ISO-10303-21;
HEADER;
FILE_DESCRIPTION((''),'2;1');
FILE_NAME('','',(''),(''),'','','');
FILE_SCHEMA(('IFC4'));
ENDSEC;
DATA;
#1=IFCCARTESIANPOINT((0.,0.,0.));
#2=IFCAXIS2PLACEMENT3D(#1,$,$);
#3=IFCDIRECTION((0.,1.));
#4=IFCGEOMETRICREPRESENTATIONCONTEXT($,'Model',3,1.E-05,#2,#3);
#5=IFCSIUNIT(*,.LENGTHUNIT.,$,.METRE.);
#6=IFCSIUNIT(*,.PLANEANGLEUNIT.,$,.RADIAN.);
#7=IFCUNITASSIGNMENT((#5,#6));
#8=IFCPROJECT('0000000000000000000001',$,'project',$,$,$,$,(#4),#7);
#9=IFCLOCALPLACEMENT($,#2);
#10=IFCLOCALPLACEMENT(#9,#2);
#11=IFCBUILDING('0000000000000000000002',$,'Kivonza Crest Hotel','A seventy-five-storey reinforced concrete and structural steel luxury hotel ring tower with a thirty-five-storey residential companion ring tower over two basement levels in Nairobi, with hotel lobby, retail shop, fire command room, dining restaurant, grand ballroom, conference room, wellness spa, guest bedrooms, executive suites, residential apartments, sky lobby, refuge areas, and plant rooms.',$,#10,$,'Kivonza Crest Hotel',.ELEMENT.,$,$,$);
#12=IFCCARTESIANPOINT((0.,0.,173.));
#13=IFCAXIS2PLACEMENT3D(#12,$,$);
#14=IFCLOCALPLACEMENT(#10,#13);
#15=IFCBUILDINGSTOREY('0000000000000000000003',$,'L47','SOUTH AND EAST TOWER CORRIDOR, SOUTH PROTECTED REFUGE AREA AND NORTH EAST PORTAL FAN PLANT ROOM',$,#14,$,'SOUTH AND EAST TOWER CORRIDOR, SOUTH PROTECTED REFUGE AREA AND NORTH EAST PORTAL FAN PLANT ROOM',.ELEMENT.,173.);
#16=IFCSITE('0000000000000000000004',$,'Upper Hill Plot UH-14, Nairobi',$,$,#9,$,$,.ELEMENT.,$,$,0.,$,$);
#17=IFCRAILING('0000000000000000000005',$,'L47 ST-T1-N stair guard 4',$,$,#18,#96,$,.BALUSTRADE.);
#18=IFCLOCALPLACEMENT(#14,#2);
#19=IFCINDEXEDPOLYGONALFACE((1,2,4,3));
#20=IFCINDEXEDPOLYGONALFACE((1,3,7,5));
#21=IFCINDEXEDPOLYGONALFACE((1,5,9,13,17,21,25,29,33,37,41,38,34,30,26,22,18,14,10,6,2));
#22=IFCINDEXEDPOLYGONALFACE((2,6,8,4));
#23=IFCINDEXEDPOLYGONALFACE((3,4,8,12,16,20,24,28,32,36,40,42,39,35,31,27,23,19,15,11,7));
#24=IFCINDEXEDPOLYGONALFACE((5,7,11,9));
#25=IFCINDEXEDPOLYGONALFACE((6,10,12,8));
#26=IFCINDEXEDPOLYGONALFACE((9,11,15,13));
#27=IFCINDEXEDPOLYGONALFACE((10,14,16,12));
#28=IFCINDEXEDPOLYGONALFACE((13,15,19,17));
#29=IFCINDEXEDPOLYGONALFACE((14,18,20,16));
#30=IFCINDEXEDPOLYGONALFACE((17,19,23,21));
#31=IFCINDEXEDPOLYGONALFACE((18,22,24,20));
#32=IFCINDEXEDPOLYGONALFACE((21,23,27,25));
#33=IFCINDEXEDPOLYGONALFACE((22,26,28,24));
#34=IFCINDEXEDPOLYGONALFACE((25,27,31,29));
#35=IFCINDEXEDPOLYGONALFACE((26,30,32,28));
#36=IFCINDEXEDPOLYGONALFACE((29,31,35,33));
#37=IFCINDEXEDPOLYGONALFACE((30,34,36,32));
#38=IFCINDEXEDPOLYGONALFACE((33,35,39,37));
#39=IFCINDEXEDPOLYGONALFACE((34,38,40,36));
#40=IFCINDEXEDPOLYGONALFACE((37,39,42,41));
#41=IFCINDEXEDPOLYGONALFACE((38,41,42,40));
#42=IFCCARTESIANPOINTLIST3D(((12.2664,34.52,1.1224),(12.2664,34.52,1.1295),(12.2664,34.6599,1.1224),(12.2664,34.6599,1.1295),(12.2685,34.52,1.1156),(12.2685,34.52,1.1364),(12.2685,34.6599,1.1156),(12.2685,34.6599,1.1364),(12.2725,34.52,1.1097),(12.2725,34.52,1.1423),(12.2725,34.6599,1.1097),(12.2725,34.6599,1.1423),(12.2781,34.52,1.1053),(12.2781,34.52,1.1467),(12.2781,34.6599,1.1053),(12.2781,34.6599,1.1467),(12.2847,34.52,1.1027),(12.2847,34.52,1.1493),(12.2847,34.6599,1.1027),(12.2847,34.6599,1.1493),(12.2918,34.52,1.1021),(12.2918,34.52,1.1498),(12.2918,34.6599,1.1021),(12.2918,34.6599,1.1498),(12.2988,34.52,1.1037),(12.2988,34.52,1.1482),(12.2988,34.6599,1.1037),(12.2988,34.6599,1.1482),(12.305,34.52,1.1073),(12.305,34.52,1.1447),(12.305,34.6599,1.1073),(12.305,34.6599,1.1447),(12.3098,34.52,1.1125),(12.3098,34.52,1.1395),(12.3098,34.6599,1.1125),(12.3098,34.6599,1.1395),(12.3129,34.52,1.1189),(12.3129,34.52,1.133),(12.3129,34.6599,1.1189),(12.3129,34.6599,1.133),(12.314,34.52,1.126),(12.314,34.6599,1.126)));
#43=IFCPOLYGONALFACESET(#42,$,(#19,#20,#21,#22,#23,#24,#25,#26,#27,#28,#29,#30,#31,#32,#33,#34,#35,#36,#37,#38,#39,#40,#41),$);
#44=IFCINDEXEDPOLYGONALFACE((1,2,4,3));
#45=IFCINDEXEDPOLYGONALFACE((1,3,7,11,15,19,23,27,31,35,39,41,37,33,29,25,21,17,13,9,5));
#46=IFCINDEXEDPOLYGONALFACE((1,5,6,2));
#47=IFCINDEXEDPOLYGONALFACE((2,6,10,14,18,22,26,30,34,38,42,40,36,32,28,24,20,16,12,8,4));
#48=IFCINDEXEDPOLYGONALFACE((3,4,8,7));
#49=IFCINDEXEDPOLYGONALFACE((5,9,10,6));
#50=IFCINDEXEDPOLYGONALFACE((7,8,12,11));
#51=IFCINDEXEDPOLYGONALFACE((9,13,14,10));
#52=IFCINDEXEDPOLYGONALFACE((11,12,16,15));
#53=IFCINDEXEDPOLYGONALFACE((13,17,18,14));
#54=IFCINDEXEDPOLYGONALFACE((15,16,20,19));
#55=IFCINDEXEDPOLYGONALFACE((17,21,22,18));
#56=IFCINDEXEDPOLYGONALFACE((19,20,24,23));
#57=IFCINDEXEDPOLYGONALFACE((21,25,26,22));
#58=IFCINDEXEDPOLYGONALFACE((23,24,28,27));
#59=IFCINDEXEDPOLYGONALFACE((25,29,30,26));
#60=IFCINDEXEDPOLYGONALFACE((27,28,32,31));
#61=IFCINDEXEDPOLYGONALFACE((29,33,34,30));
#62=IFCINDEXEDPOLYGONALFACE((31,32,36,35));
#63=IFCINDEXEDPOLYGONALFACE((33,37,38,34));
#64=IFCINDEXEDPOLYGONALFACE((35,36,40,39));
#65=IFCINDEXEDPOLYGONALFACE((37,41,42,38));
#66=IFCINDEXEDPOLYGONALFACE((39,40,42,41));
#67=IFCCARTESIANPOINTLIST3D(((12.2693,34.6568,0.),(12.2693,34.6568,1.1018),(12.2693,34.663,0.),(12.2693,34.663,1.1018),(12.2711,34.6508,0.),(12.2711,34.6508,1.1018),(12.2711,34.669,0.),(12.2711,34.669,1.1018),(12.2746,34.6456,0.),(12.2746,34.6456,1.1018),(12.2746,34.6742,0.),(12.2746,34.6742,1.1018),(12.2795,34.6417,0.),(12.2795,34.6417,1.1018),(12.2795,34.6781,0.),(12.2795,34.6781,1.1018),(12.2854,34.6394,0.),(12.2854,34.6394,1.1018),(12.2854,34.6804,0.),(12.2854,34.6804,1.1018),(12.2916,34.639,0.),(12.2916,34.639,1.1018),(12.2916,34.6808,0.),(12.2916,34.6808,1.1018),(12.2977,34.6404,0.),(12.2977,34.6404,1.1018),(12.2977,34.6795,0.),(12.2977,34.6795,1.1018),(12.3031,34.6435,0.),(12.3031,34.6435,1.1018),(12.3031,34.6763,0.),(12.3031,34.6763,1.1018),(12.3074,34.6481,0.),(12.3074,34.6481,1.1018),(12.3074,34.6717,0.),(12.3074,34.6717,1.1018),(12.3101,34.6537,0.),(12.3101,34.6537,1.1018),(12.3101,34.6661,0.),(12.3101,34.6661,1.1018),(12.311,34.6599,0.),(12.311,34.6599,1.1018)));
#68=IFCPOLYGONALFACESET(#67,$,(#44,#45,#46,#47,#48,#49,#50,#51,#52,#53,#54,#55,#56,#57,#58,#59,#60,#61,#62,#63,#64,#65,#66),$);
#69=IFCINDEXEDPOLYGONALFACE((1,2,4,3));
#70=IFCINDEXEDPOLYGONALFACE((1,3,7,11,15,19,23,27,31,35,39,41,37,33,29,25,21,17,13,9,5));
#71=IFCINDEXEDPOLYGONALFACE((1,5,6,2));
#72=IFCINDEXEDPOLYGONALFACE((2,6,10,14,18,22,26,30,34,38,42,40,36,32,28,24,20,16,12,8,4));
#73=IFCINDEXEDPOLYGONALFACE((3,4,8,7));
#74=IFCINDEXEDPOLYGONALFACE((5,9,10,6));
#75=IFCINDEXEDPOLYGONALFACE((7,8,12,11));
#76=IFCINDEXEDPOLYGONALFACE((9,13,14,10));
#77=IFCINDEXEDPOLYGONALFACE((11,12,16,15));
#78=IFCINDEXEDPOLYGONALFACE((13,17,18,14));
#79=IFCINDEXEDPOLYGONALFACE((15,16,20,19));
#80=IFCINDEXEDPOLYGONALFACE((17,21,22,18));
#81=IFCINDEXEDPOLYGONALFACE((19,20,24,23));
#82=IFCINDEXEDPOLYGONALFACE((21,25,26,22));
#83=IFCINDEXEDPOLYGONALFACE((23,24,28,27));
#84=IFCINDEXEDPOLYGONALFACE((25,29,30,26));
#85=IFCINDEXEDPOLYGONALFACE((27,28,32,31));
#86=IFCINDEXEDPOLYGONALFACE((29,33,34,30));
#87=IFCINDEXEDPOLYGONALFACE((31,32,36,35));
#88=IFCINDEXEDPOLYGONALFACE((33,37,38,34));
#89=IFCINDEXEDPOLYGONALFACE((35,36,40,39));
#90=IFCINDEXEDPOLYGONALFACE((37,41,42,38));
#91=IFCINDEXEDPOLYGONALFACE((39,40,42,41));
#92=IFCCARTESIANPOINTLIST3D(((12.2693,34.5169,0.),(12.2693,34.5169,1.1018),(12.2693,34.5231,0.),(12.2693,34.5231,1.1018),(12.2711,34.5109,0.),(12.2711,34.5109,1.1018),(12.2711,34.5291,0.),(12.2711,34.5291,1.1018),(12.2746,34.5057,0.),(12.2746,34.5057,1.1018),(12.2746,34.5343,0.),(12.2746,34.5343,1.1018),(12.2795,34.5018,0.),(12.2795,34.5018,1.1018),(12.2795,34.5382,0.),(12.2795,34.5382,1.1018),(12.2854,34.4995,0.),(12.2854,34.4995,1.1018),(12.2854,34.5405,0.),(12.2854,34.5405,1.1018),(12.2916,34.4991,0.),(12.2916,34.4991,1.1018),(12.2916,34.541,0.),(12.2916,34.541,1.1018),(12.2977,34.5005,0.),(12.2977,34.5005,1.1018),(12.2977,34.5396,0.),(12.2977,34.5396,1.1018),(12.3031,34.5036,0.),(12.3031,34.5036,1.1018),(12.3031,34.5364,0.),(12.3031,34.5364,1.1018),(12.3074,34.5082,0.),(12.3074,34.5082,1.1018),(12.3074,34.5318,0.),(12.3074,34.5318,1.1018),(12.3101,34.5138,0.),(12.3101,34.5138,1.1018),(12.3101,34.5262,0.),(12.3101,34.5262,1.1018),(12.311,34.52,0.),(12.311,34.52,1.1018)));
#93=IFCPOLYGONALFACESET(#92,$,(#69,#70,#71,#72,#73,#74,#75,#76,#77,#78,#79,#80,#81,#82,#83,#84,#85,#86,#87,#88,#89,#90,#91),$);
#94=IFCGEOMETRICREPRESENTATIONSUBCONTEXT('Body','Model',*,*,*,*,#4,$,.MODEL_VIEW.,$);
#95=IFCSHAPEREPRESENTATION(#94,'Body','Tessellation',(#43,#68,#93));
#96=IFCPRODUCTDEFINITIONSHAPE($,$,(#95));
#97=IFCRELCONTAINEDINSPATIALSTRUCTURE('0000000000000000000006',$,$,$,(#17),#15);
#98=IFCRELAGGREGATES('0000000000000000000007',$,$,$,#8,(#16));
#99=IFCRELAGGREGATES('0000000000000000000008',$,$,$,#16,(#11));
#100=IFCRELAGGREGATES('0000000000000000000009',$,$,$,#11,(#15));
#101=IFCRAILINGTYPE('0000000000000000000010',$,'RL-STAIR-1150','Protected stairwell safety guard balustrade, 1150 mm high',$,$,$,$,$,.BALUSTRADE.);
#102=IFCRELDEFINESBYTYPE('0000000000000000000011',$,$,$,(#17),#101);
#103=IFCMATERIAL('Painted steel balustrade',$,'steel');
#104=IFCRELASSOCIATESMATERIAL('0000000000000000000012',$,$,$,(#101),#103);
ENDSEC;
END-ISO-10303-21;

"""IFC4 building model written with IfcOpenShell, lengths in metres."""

from ifc_helpers import new_model, si_unit, direction, frame, origin, origin_2d, place, context, subcontext, project, spatial, circle, extrude, material, type_object, element, save


model = new_model("IFC4")

# Units and contexts
model_context = context("Model", 3, precision=1e-05, world=origin(), true_north=direction((0.0, 1.0)))
body_context = subcontext(model_context, "Body", "Model", "MODEL_VIEW")
ifc_project = project(units=[si_unit("LENGTHUNIT", "METRE"), si_unit("PLANEANGLEUNIT", "RADIAN")], contexts=[model_context])

# Site, building, storey
site_placement = place(None, origin())
site = spatial("IfcSite", under=ifc_project, at=site_placement, Name="Upper Hill Plot UH-14, Nairobi", CompositionType="ELEMENT", RefElevation=0.0)
building_placement = place(site_placement, origin())
building = spatial("IfcBuilding", under=site, at=building_placement, Name="Kivonza Crest Hotel", Description="A seventy-five-storey reinforced concrete and structural steel luxury hotel ring tower with a thirty-five-storey residential companion ring tower over two basement levels in Nairobi, with hotel lobby, retail shop, fire command room, dining restaurant, grand ballroom, conference room, wellness spa, guest bedrooms, executive suites, residential apartments, sky lobby, refuge areas, and plant rooms.", LongName="Kivonza Crest Hotel", CompositionType="ELEMENT")
storey_placement = place(building_placement, frame((0.0, 0.0, 173.0)))
storey = spatial("IfcBuildingStorey", under=building, at=storey_placement, Name="L47", Description="SOUTH AND EAST TOWER CORRIDOR, SOUTH PROTECTED REFUGE AREA AND NORTH EAST PORTAL FAN PLANT ROOM", LongName="SOUTH AND EAST TOWER CORRIDOR, SOUTH PROTECTED REFUGE AREA AND NORTH EAST PORTAL FAN PLANT ROOM", CompositionType="ELEMENT", Elevation=173.0)

# Railing
ifc_material_1 = material(Name="Painted steel balustrade", Category="steel")
railing_type_1 = type_object("IfcRailingType", Name="RL-STAIR-1150", Description="Protected stairwell safety guard balustrade, 1150 mm high", PredefinedType="BALUSTRADE", material=ifc_material_1)
railing_1_placement = place(storey_placement, frame((12.29, 34.6599, 0.0)))
element("IfcRailing", 1, at=railing_1_placement, inside=storey, type_object=railing_type_1, Name="L47 ST-T1-N stair guard 4", PredefinedType="BALUSTRADE", context=body_context, shape_type="SweptSolid", body=[
    extrude(circle(Radius=0.0239, at=origin_2d()), frame((0.0, 0.0, 1.126), z_axis=(0.0, -1.0, 0.0), x_axis=(1.0, 0.0, 0.0)), (0.0, 0.0, 1.0), 0.1399),
    extrude(circle(Radius=0.021, at=origin_2d()), origin(), (0.0, 0.0, 1.0), 1.1018),
    extrude(circle(Radius=0.021, at=origin_2d()), frame((0.0, -0.1399, 0.0)), (0.0, 0.0, 1.0), 1.1018),
])

save(model, "model.ifc")
